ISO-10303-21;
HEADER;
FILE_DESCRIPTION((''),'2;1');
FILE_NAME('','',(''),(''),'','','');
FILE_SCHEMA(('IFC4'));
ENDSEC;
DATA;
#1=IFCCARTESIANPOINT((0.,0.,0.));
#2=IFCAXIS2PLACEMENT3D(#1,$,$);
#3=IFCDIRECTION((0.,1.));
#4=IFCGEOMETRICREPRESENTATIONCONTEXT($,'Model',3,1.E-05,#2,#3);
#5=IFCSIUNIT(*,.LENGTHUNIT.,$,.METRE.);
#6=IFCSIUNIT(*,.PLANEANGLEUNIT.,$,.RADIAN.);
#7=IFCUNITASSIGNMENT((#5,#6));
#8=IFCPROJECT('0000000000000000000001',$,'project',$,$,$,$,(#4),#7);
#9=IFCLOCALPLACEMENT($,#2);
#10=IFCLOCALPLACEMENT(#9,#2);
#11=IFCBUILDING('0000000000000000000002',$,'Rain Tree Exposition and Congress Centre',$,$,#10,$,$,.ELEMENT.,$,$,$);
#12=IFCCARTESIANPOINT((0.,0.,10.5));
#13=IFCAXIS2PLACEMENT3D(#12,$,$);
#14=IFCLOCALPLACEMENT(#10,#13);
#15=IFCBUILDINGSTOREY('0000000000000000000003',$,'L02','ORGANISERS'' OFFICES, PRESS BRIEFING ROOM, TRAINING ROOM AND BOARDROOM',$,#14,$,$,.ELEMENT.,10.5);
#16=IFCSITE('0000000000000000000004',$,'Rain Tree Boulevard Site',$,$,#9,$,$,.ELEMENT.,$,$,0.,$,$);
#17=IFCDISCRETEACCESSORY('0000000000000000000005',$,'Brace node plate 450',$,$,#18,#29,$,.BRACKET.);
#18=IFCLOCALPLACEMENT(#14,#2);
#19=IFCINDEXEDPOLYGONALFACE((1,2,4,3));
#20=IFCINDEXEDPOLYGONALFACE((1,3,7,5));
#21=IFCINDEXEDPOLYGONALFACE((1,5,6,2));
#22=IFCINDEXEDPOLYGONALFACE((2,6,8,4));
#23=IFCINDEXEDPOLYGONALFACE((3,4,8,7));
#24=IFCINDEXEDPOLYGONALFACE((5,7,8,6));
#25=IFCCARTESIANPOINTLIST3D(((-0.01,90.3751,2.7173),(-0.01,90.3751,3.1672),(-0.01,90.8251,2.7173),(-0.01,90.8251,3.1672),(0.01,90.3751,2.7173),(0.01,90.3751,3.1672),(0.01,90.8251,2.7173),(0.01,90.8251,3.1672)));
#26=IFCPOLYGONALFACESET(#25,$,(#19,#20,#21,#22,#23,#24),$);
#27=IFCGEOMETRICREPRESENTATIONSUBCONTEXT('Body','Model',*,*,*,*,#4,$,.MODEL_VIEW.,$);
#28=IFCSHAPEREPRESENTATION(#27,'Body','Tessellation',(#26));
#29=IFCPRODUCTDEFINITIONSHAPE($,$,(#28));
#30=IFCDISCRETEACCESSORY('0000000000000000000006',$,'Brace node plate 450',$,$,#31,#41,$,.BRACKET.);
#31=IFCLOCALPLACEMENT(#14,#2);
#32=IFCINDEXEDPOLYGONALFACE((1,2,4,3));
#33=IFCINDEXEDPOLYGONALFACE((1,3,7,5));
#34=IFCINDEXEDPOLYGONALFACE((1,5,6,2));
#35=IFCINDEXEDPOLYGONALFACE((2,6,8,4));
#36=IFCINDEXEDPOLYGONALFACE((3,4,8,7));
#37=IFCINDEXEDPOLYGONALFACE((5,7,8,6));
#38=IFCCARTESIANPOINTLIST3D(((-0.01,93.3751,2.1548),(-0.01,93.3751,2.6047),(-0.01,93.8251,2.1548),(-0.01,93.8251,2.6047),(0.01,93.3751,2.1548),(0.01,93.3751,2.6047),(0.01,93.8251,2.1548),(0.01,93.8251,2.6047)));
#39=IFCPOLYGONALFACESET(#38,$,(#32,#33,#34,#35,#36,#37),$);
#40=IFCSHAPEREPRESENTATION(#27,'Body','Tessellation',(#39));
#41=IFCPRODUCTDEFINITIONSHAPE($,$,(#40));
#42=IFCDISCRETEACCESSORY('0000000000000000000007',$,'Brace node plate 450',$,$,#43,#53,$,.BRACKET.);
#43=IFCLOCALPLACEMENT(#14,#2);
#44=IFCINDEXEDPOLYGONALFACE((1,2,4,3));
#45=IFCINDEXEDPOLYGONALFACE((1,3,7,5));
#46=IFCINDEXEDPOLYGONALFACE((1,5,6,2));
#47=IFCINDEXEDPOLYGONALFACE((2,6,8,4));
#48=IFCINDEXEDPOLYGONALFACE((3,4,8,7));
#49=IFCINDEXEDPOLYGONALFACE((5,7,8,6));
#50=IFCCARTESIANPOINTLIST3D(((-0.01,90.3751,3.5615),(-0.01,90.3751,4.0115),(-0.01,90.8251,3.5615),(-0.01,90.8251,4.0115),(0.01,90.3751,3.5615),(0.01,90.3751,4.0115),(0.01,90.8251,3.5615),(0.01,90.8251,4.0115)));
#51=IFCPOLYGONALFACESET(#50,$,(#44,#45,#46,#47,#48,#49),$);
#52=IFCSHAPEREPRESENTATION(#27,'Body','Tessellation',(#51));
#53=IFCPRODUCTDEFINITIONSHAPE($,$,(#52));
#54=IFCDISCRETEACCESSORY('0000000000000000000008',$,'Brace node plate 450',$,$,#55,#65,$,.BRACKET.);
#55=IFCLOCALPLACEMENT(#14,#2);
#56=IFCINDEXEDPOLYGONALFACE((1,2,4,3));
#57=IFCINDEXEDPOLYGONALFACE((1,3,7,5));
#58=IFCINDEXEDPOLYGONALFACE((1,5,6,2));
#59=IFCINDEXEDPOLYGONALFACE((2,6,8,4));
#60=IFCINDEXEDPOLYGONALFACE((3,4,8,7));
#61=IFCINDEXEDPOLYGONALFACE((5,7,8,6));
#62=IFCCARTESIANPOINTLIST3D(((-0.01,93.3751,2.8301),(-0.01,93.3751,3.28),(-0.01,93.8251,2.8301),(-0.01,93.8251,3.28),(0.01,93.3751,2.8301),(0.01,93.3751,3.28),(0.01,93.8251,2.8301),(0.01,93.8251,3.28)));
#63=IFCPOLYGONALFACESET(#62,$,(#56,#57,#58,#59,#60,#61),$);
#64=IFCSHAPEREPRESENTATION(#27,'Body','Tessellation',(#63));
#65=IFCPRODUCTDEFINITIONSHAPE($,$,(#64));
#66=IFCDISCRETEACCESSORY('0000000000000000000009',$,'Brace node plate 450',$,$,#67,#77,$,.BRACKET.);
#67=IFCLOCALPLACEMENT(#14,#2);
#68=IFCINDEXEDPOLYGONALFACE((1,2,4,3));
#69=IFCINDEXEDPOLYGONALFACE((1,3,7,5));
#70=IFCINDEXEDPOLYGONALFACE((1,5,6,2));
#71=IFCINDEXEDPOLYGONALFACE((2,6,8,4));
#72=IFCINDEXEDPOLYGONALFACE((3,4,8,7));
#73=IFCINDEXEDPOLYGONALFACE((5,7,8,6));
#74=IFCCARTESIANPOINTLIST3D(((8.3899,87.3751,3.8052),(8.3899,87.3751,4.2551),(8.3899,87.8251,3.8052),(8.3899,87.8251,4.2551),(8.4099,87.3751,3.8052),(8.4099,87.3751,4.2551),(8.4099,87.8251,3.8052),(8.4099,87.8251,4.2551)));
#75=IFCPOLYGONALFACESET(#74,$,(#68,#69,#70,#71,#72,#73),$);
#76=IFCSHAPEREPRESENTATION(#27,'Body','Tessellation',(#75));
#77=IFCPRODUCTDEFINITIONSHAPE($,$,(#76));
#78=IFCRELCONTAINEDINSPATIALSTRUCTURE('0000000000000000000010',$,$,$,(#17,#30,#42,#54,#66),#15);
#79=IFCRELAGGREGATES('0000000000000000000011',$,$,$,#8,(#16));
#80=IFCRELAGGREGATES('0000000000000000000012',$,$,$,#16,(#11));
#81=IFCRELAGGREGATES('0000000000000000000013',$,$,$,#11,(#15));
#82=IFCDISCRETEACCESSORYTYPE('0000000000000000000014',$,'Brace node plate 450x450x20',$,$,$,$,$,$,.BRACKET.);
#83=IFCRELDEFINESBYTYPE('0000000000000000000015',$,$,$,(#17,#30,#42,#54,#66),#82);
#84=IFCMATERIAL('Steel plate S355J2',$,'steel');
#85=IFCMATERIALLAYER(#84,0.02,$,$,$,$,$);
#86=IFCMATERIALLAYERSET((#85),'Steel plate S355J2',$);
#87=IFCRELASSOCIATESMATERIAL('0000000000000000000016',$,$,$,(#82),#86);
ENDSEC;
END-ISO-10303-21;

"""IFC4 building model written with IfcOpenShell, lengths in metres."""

from ifc_helpers import new_model, si_unit, direction, frame, origin, origin_2d, place, context, subcontext, project, spatial, rectangle, extrude, material, layer, layer_set, type_object, element, save


model = new_model("IFC4")

# Units and contexts
model_context = context("Model", 3, precision=1e-05, world=origin(), true_north=direction((0.0, 1.0)))
body_context = subcontext(model_context, "Body", "Model", "MODEL_VIEW")
ifc_project = project(units=[si_unit("LENGTHUNIT", "METRE"), si_unit("PLANEANGLEUNIT", "RADIAN")], contexts=[model_context])

# Site, building, storey
site_placement = place(None, origin())
site = spatial("IfcSite", under=ifc_project, at=site_placement, Name="Rain Tree Boulevard Site", CompositionType="ELEMENT", RefElevation=0.0)
building_placement = place(site_placement, origin())
building = spatial("IfcBuilding", under=site, at=building_placement, Name="Rain Tree Exposition and Congress Centre", CompositionType="ELEMENT")
storey_placement = place(building_placement, frame((0.0, 0.0, 10.5)))
storey = spatial("IfcBuildingStorey", under=building, at=storey_placement, Name="L02", Description="ORGANISERS' OFFICES, PRESS BRIEFING ROOM, TRAINING ROOM AND BOARDROOM", CompositionType="ELEMENT", Elevation=10.5)

# Discrete accessories
ifc_material_1 = material(Name="Steel plate S355J2", Category="steel")
ifc_layer_1 = layer(ifc_material_1, 0.02)
ifc_layer_set_1 = layer_set([ifc_layer_1], Name="Steel plate S355J2")
discrete_accessory_type = type_object("IfcDiscreteAccessoryType", Name="Brace node plate 450x450x20", PredefinedType="BRACKET", material=ifc_layer_set_1)
for number, where, z_axis, x_axis, name in (
    (1, (0.0, 90.6001, 2.7173), (0.0, 0.0, 1.0), (0.0, -1.0, 0.0), "Brace node plate 450"),
    (2, (0.0, 93.6001, 2.1548), (0.0, 0.0, 1.0), (0.0, -1.0, 0.0), "Brace node plate 450"),
    (3, (0.0, 90.6001, 3.5615), (0.0, 0.0, 1.0), (0.0, 1.0, 0.0), "Brace node plate 450"),
    (4, (0.0, 93.6001, 2.8301), (0.0, 0.0, 1.0), (0.0, 1.0, 0.0), "Brace node plate 450"),
    (5, (8.3999, 87.6001, 3.8052), (0.0, 0.0, 1.0), (0.0, 1.0, 0.0), "Brace node plate 450"),
):
    element("IfcDiscreteAccessory", number, at=place(storey_placement, frame(where, z_axis=z_axis, x_axis=x_axis)), inside=storey, type_object=discrete_accessory_type, Name=name, PredefinedType="BRACKET", context=body_context, shape_type="SweptSolid", body=[
        extrude(rectangle(XDim=0.45, YDim=0.02, at=origin_2d()), origin(), (0.0, 0.0, 1.0), 0.45),
    ])

save(model, "model.ifc")
